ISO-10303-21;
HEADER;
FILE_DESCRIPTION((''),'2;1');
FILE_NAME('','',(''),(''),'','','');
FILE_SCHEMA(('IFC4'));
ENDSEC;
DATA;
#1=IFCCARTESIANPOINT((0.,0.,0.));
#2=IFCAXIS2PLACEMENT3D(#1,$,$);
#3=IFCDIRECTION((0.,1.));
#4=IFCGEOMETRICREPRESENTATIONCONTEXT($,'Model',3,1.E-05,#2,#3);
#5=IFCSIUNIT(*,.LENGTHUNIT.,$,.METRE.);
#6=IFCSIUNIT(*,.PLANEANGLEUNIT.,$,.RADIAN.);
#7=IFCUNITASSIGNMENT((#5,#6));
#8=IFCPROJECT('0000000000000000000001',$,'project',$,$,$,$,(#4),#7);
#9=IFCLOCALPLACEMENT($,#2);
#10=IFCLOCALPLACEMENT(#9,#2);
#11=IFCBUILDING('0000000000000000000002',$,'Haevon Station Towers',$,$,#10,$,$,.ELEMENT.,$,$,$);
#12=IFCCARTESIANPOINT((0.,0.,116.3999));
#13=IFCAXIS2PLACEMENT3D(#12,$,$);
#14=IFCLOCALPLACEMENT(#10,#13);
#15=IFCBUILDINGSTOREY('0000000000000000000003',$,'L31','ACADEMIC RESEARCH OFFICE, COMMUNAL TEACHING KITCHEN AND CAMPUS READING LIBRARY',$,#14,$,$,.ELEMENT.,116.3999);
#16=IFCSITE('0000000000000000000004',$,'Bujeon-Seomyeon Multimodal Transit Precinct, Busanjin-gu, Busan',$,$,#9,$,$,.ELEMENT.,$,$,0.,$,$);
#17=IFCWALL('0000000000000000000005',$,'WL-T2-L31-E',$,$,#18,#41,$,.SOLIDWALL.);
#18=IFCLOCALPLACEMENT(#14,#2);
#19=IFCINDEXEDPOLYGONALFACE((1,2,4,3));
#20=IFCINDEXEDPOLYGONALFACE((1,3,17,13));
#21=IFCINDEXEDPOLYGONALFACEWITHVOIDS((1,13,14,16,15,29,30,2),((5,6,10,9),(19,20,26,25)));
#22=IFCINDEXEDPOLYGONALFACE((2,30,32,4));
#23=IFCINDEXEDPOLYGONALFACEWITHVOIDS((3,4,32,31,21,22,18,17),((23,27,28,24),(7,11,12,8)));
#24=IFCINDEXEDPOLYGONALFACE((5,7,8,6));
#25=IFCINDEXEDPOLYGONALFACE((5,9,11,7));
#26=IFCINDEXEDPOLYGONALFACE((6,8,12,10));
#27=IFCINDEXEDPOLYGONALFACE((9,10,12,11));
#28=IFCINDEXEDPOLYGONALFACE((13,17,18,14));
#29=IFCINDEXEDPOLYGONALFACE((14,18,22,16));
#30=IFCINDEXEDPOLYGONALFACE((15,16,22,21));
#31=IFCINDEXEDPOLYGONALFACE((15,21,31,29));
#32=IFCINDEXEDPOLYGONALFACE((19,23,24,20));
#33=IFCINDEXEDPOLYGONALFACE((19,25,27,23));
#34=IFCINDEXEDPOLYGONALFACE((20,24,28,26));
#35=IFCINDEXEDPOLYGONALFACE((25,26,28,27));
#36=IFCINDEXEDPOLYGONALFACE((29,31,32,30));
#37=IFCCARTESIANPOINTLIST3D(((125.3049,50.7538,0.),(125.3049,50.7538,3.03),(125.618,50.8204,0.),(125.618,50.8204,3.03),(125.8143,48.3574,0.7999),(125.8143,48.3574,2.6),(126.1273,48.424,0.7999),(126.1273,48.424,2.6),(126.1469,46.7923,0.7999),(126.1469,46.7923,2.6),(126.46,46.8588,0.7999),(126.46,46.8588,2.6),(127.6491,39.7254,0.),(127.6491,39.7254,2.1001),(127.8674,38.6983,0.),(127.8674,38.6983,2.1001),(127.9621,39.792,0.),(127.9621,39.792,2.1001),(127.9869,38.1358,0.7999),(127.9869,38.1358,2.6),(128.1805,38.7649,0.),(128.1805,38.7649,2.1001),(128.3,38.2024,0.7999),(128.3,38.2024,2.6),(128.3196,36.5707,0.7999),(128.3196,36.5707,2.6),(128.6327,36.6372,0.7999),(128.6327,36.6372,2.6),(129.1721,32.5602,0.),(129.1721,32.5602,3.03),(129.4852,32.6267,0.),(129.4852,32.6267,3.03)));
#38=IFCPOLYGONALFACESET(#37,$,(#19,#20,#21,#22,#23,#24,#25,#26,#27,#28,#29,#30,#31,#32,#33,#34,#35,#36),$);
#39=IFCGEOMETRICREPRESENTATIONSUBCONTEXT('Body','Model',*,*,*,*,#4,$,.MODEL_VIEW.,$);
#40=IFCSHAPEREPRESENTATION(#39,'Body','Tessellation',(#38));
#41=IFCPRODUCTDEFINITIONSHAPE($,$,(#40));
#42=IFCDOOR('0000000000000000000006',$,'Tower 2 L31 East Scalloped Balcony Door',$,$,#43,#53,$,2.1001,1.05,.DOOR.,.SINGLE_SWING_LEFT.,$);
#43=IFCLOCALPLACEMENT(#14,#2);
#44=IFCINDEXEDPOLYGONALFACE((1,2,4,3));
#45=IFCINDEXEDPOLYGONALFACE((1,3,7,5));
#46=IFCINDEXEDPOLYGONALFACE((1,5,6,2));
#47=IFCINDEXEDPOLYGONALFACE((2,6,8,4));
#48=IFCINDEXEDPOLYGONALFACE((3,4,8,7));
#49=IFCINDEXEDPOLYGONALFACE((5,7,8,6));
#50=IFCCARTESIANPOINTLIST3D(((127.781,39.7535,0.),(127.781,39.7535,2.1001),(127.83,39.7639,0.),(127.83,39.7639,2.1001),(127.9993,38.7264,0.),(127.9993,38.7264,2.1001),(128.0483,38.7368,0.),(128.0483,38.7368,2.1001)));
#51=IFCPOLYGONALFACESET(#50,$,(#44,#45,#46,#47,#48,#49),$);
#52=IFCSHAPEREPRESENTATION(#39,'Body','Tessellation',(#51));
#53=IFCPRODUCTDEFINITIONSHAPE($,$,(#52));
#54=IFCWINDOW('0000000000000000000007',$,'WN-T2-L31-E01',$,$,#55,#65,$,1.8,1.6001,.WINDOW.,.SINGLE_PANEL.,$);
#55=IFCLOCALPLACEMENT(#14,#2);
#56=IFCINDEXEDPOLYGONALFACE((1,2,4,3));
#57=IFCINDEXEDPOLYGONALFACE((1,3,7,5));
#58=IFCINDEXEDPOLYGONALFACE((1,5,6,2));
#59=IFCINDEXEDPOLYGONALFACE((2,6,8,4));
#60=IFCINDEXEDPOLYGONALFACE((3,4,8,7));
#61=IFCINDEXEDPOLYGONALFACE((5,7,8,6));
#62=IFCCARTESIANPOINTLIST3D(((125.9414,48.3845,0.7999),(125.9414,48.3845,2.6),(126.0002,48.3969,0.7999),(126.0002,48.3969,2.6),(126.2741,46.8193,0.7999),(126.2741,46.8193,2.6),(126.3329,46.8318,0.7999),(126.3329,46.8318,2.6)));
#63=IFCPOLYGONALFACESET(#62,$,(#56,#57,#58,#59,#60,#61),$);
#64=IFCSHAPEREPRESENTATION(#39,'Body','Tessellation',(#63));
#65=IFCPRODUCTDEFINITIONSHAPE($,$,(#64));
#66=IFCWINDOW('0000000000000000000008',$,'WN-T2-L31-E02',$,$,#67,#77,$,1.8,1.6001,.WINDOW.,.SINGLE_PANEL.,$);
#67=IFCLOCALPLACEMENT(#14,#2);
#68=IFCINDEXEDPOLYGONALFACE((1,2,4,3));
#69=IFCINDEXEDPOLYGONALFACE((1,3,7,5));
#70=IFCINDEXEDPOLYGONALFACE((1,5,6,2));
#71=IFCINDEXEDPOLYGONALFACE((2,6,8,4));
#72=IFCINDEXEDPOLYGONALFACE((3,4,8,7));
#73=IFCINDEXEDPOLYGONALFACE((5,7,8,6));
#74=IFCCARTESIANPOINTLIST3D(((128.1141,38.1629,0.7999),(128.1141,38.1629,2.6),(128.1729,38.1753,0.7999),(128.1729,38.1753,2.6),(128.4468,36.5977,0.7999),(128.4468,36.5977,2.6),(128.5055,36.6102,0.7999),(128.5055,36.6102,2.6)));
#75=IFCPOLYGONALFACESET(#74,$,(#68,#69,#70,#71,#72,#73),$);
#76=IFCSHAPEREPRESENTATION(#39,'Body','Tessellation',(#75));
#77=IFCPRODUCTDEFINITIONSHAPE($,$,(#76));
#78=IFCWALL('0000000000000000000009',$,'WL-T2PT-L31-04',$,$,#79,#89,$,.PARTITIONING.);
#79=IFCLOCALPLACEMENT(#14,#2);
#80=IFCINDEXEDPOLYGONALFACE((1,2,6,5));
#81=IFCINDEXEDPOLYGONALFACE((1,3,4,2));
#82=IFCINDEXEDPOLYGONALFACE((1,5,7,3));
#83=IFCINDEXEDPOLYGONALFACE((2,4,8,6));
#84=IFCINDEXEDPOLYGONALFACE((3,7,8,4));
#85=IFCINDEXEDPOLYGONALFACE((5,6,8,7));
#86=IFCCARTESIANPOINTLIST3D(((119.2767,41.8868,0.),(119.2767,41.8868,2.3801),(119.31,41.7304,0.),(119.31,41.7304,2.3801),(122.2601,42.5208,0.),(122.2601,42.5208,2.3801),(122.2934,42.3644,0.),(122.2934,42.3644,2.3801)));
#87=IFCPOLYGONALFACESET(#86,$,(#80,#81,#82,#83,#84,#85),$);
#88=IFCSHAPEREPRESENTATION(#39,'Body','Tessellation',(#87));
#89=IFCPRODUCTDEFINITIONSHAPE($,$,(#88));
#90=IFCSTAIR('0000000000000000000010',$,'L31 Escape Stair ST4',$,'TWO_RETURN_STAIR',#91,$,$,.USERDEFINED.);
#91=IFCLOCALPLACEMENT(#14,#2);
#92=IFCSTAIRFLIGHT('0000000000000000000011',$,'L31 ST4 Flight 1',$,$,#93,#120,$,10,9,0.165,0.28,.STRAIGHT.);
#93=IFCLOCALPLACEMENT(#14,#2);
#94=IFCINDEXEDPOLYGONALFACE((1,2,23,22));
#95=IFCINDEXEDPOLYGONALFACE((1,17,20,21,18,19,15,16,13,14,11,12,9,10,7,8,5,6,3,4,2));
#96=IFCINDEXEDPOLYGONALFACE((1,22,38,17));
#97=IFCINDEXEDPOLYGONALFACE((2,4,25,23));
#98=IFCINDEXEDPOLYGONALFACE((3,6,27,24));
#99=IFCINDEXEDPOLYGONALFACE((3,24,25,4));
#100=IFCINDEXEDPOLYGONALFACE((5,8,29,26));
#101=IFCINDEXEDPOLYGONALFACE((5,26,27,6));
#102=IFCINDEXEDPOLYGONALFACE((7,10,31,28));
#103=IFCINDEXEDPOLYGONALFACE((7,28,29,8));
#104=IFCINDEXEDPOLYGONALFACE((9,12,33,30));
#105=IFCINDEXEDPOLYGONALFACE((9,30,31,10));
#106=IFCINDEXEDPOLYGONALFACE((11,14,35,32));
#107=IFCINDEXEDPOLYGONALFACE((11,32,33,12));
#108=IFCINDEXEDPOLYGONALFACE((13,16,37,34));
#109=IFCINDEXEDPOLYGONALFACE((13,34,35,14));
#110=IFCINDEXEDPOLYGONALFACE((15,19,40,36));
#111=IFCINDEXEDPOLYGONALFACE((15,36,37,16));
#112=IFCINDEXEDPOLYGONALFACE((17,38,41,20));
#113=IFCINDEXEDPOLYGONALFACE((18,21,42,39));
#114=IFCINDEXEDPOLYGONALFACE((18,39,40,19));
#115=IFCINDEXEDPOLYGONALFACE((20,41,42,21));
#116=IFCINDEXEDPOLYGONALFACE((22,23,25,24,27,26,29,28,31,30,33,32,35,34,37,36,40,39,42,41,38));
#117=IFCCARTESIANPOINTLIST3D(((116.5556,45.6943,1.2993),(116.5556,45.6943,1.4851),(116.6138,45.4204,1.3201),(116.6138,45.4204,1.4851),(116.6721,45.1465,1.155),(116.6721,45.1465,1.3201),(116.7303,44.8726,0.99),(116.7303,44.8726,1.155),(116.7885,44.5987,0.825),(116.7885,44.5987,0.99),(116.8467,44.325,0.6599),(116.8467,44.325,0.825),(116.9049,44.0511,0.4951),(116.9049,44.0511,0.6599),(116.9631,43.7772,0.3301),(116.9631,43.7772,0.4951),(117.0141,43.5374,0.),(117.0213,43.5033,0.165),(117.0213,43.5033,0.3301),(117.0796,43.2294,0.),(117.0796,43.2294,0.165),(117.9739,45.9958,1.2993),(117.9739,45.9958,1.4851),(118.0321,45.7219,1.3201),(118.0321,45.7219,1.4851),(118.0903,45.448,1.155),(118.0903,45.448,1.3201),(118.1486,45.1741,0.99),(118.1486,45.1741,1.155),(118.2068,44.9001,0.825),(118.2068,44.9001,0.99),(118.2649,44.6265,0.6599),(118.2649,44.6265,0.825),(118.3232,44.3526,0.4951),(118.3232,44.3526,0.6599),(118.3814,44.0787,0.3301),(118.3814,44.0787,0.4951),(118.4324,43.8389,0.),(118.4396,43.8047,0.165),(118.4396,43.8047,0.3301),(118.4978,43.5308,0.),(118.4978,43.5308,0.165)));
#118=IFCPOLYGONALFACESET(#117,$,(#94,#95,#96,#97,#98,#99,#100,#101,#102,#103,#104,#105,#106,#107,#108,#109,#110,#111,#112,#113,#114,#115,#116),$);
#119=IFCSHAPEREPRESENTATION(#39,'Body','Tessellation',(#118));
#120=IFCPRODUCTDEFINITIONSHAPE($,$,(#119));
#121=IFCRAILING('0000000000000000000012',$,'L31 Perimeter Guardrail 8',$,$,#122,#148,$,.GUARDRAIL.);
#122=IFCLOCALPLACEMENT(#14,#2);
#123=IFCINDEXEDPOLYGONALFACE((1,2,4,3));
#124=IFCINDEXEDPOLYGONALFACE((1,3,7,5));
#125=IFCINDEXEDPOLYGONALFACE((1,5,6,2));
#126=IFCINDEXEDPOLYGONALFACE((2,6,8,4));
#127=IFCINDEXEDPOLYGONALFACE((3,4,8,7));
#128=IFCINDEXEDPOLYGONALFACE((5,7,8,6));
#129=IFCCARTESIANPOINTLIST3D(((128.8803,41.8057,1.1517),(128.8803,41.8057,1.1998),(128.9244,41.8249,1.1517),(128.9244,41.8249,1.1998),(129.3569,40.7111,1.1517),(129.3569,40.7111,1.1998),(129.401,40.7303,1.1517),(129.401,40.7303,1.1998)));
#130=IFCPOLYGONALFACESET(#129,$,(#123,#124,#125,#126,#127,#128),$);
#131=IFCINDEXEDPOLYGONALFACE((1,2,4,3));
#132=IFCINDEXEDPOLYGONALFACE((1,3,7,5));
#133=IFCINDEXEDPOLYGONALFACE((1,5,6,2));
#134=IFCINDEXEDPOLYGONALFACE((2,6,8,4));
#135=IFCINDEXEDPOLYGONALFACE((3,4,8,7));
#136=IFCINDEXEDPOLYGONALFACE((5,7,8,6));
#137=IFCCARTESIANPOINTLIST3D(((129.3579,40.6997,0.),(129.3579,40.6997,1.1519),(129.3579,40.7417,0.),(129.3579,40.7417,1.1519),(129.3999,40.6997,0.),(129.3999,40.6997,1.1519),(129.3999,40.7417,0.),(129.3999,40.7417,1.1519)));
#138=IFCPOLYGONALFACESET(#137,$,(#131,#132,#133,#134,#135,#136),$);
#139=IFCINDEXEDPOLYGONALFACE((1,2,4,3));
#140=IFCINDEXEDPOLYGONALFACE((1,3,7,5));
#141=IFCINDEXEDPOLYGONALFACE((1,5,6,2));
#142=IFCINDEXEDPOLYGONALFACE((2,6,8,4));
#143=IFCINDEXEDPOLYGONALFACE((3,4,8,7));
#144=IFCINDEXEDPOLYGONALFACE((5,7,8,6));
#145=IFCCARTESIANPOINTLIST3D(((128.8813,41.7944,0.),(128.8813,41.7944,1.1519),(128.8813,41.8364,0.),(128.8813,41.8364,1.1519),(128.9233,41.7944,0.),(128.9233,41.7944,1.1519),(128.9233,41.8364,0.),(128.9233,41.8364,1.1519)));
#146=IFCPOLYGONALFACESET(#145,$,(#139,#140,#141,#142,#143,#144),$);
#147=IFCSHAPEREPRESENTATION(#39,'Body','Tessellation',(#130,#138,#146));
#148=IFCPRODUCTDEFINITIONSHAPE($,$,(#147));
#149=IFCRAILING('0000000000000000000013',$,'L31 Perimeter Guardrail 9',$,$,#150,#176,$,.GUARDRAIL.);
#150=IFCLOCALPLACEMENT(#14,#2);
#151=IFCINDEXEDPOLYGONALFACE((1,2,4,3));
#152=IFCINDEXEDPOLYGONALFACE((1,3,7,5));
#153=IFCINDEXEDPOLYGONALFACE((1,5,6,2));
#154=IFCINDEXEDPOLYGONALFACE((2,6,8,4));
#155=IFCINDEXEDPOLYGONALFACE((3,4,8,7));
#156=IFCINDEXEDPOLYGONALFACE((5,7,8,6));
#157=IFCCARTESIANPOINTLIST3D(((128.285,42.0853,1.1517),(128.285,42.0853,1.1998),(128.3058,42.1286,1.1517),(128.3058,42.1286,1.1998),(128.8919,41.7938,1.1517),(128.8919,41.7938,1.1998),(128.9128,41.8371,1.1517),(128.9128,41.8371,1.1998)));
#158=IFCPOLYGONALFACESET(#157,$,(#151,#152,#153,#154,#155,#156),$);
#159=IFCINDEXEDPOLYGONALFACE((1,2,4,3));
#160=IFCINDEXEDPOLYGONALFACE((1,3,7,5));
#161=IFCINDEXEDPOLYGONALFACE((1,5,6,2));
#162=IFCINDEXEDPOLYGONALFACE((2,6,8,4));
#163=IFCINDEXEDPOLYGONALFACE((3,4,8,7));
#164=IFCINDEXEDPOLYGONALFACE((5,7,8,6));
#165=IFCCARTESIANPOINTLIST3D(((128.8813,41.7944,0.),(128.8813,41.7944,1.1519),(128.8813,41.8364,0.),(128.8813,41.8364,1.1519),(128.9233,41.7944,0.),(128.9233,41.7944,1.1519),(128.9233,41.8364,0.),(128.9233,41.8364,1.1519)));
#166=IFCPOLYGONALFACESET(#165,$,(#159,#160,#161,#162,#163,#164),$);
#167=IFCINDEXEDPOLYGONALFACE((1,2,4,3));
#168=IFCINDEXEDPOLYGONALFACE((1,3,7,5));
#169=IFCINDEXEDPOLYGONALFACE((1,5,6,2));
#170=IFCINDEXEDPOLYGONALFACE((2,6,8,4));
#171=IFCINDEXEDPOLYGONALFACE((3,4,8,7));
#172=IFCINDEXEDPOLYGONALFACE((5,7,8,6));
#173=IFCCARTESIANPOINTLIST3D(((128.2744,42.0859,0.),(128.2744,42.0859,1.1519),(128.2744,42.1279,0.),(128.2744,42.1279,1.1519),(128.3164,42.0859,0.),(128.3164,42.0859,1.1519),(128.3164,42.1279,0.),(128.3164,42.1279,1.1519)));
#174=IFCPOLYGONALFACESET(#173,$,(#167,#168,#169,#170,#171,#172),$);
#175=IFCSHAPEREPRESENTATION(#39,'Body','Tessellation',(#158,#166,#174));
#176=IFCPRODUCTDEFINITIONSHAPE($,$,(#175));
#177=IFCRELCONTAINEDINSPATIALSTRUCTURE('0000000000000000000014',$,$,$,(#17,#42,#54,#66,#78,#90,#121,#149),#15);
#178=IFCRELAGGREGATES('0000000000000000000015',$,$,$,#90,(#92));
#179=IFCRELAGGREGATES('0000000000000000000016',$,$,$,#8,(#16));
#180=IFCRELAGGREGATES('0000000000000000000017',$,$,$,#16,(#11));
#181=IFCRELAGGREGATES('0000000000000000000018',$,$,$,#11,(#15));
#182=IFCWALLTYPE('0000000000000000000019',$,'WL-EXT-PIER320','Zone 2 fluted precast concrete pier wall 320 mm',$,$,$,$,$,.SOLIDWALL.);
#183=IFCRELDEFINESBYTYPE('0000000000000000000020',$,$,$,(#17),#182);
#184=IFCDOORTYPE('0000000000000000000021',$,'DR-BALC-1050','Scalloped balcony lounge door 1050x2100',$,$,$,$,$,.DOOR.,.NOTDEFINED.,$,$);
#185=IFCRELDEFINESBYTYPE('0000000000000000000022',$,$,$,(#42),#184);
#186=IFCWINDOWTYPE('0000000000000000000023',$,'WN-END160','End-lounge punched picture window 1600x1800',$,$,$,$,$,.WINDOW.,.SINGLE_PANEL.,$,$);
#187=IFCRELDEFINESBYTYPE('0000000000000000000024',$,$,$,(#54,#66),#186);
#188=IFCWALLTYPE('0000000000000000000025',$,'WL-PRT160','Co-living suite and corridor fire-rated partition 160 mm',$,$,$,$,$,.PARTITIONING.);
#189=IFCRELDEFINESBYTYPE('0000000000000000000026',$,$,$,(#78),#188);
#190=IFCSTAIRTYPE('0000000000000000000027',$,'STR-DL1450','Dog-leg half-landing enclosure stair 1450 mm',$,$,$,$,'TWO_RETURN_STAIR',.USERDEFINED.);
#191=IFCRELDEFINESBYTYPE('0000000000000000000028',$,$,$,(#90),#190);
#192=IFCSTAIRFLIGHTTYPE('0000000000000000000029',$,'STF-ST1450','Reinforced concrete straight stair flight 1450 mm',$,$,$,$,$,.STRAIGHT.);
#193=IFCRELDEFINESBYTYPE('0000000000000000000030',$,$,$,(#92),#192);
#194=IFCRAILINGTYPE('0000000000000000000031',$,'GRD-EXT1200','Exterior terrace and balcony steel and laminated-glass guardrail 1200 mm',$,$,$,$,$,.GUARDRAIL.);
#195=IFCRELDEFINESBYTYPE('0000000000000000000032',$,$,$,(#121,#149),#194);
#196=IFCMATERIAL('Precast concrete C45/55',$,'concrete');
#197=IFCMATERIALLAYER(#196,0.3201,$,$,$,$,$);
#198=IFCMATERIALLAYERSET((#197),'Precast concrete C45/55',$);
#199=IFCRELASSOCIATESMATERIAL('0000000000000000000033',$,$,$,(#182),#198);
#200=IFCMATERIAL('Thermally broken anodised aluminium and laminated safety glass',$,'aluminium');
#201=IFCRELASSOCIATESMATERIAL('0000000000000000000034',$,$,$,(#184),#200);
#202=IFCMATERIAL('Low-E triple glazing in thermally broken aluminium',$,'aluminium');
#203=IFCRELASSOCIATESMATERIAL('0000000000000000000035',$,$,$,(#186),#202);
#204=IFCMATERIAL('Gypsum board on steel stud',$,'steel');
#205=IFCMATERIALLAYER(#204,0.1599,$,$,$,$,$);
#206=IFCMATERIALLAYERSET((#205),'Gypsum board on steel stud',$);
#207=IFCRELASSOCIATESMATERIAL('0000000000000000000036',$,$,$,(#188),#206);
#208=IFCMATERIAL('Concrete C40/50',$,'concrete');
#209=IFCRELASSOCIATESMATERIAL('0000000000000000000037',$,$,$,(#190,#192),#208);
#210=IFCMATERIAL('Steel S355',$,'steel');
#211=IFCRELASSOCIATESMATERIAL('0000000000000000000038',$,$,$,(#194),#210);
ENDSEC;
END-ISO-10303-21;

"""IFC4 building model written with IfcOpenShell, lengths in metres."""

from ifc_helpers import new_model, si_unit, direction, frame, frame_2d, origin, origin_2d, place, context, subcontext, project, spatial, polyline, rectangle, outline, extrude, material, layer, layer_set, type_object, element, fill, aggregate, save


model = new_model("IFC4")

# Units and contexts
model_context = context("Model", 3, precision=1e-05, world=origin(), true_north=direction((0.0, 1.0)))
body_context = subcontext(model_context, "Body", "Model", "MODEL_VIEW")
ifc_project = project(units=[si_unit("LENGTHUNIT", "METRE"), si_unit("PLANEANGLEUNIT", "RADIAN")], contexts=[model_context])

# Site, building, storey
site_placement = place(None, origin())
site = spatial("IfcSite", under=ifc_project, at=site_placement, Name="Bujeon-Seomyeon Multimodal Transit Precinct, Busanjin-gu, Busan", CompositionType="ELEMENT", RefElevation=0.0)
building_placement = place(site_placement, origin())
building = spatial("IfcBuilding", under=site, at=building_placement, Name="Haevon Station Towers", CompositionType="ELEMENT")
storey_placement = place(building_placement, frame((0.0, 0.0, 116.3999)))
storey = spatial("IfcBuildingStorey", under=building, at=storey_placement, Name="L31", Description="ACADEMIC RESEARCH OFFICE, COMMUNAL TEACHING KITCHEN AND CAMPUS READING LIBRARY", CompositionType="ELEMENT", Elevation=116.3999)

# Shared definitions
ifc_material_1 = material(Name="Steel S355", Category="steel")

# Shared definitions
ifc_material_2 = material(Name="Precast concrete C45/55", Category="concrete")
ifc_layer_1 = layer(ifc_material_2, 0.3201)
ifc_layer_set_1 = layer_set([ifc_layer_1], Name="Precast concrete C45/55")
wall_type_1 = type_object("IfcWallType", Name="WL-EXT-PIER320", Description="Zone 2 fluted precast concrete pier wall 320 mm", PredefinedType="SOLIDWALL", material=ifc_layer_set_1)

# Wall, openings, door, windows
wall_1_placement = place(storey_placement, frame((125.4614, 50.7871, 0.0), z_axis=(0.0, 0.0, 1.0), x_axis=(0.207913, -0.978147, 0.0)))
wall_1 = element("IfcWall", 1, at=wall_1_placement, inside=storey, type_object=wall_type_1, Name="WL-T2-L31-E", PredefinedType="SOLIDWALL", context=body_context, shape_type="SweptSolid", body=[
    extrude(rectangle(XDim=18.6001, YDim=0.3201, at=frame_2d((9.3, 0.0))), origin(), (0.0, 0.0, 1.0), 3.03),
])
opening_1_placement = place(wall_1_placement, frame((11.2749, 0.0, 0.0)))
opening_1 = element("IfcOpeningElement", 2, at=opening_1_placement, cuts=wall_1, PredefinedType="OPENING", context=body_context, shape_type="SweptSolid", body=[
    extrude(rectangle(XDim=1.05, YDim=2.1001, at=frame_2d((0.5249, 1.05))), frame((0.0, 0.1699, 0.0), z_axis=(0.0, -1.0, 0.0), x_axis=(1.0, 0.0, 0.0)), (0.0, 0.0, 1.0), 0.3401),
])
opening_2_placement = place(wall_1_placement, frame((2.45, 0.0, 0.8)))
opening_2 = element("IfcOpeningElement", 3, at=opening_2_placement, cuts=wall_1, PredefinedType="OPENING", context=body_context, shape_type="SweptSolid", body=[
    extrude(rectangle(XDim=1.6001, YDim=1.8, at=frame_2d((0.8, 0.8999))), frame((0.0, 0.1699, 0.0), z_axis=(0.0, -1.0, 0.0), x_axis=(1.0, 0.0, 0.0)), (0.0, 0.0, 1.0), 0.3401),
])
opening_3_placement = place(wall_1_placement, frame((12.8999, 0.0, 0.8)))
opening_3 = element("IfcOpeningElement", 4, at=opening_3_placement, cuts=wall_1, PredefinedType="OPENING", context=body_context, shape_type="SweptSolid", body=[
    extrude(rectangle(XDim=1.6001, YDim=1.8, at=frame_2d((0.8, 0.8999))), frame((0.0, 0.1699, 0.0), z_axis=(0.0, -1.0, 0.0), x_axis=(1.0, 0.0, 0.0)), (0.0, 0.0, 1.0), 0.3401),
])
ifc_material_3 = material(Name="Thermally broken anodised aluminium and laminated safety glass", Category="aluminium")
door_type = type_object("IfcDoorType", Name="DR-BALC-1050", Description="Scalloped balcony lounge door 1050x2100", OperationType="NOTDEFINED", PredefinedType="DOOR", material=ifc_material_3)
door_placement = place(opening_1_placement, origin())
door = element("IfcDoor", 5, at=door_placement, inside=storey, type_object=door_type, Name="Tower 2 L31 East Scalloped Balcony Door", OperationType="SINGLE_SWING_LEFT", OverallHeight=2.1001, OverallWidth=1.05, PredefinedType="DOOR", context=body_context, shape_type="SweptSolid", body=[
    extrude(rectangle(XDim=1.05, YDim=2.1001, at=frame_2d((0.5249, 1.05))), frame((0.0, 0.0249, 0.0), z_axis=(0.0, -1.0, 0.0), x_axis=(1.0, 0.0, 0.0)), (0.0, 0.0, 1.0), 0.05),
])
fill(opening_1, door)
ifc_material_4 = material(Name="Low-E triple glazing in thermally broken aluminium", Category="aluminium")
window_type = type_object("IfcWindowType", Name="WN-END160", Description="End-lounge punched picture window 1600x1800", PartitioningType="SINGLE_PANEL", PredefinedType="WINDOW", material=ifc_material_4)
window_1_placement = place(opening_2_placement, origin())
window_1 = element("IfcWindow", 6, at=window_1_placement, inside=storey, type_object=window_type, Name="WN-T2-L31-E01", OverallHeight=1.8, OverallWidth=1.6001, PartitioningType="SINGLE_PANEL", PredefinedType="WINDOW", context=body_context, shape_type="SweptSolid", body=[
    extrude(rectangle(XDim=1.6001, YDim=1.8, at=frame_2d((0.8, 0.8999))), frame((0.0, 0.03, 0.0), z_axis=(0.0, -1.0, 0.0), x_axis=(1.0, 0.0, 0.0)), (0.0, 0.0, 1.0), 0.0601),
])
fill(opening_2, window_1)
window_2_placement = place(opening_3_placement, origin())
window_2 = element("IfcWindow", 7, at=window_2_placement, inside=storey, type_object=window_type, Name="WN-T2-L31-E02", OverallHeight=1.8, OverallWidth=1.6001, PartitioningType="SINGLE_PANEL", PredefinedType="WINDOW", context=body_context, shape_type="SweptSolid", body=[
    extrude(rectangle(XDim=1.6001, YDim=1.8, at=frame_2d((0.8, 0.8999))), frame((0.0, 0.03, 0.0), z_axis=(0.0, -1.0, 0.0), x_axis=(1.0, 0.0, 0.0)), (0.0, 0.0, 1.0), 0.0601),
])
fill(opening_3, window_2)

# Wall
ifc_material_5 = material(Name="Gypsum board on steel stud", Category="steel")
ifc_layer_2 = layer(ifc_material_5, 0.1599)
ifc_layer_set_2 = layer_set([ifc_layer_2], Name="Gypsum board on steel stud")
wall_type_2 = type_object("IfcWallType", Name="WL-PRT160", Description="Co-living suite and corridor fire-rated partition 160 mm", PredefinedType="PARTITIONING", material=ifc_layer_set_2)
wall_2_placement = place(storey_placement, frame((119.2935, 41.8086, 0.0), z_axis=(0.0, 0.0, 1.0), x_axis=(0.978155, 0.207878, 0.0)))
element("IfcWall", 8, at=wall_2_placement, inside=storey, type_object=wall_type_2, Name="WL-T2PT-L31-04", PredefinedType="PARTITIONING", context=body_context, shape_type="SweptSolid", body=[
    extrude(rectangle(XDim=3.05, YDim=0.1599, at=frame_2d((1.5249, 0.0))), origin(), (0.0, 0.0, 1.0), 2.3801),
])

# Stair, stair flight
ifc_material_6 = material(Name="Concrete C40/50", Category="concrete")
stair_type = type_object("IfcStairType", Name="STR-DL1450", Description="Dog-leg half-landing enclosure stair 1450 mm", ElementType="TWO_RETURN_STAIR", PredefinedType="USERDEFINED", material=ifc_material_6)
stair_placement = place(storey_placement, origin())
stair = element("IfcStair", 9, at=stair_placement, inside=storey, type_object=stair_type, Name="L31 Escape Stair ST4", ObjectType="TWO_RETURN_STAIR", PredefinedType="USERDEFINED")
stair_flight_type = type_object("IfcStairFlightType", Name="STF-ST1450", Description="Reinforced concrete straight stair flight 1450 mm", PredefinedType="STRAIGHT", material=ifc_material_6)
stair_flight_placement = place(storey_placement, frame((117.7888, 43.3801, 0.0), z_axis=(0.0, 0.0, 1.0), x_axis=(-0.207912, 0.978148, 0.0)))
stair_flight = element("IfcStairFlight", 10, at=stair_flight_placement, type_object=stair_flight_type, Name="L31 ST4 Flight 1", NumberOfRisers=10, NumberOfTreads=9, PredefinedType="STRAIGHT", RiserHeight=0.165, TreadLength=0.28, context=body_context, shape_type="SweptSolid", body=[
    extrude(outline(polyline([(0.0, 0.0), (0.0, 0.165), (0.28, 0.165), (0.28, 0.3301), (0.5601, 0.3301), (0.5601, 0.4951), (0.8401, 0.4951), (0.8401, 0.6599), (1.1201, 0.6599), (1.1201, 0.825), (1.3999, 0.825), (1.3999, 0.99), (1.6799, 0.99), (1.6799, 1.155), (1.96, 1.155), (1.96, 1.3201), (2.24, 1.3201), (2.24, 1.4851), (2.52, 1.4851), (2.52, 1.6499), (2.52, 1.2993), (0.3149, 0.0), (0.0, 0.0)])), frame((0.0, 0.7251, 0.0), z_axis=(0.0, -1.0, 0.0), x_axis=(1.0, 0.0, 0.0)), (0.0, 0.0, 1.0), 1.45),
])
aggregate(stair, [stair_flight])

# Railings
railing_type_1 = type_object("IfcRailingType", Name="GRD-EXT1200", Description="Exterior terrace and balcony steel and laminated-glass guardrail 1200 mm", PredefinedType="GUARDRAIL", material=ifc_material_1)
railing_1_placement = place(storey_placement, frame((129.3789, 40.7207, 0.0)))
element("IfcRailing", 11, at=railing_1_placement, inside=storey, type_object=railing_type_1, Name="L31 Perimeter Guardrail 8", PredefinedType="GUARDRAIL", context=body_context, shape_type="SweptSolid", body=[
    extrude(rectangle(XDim=0.0481, YDim=0.0481, at=origin_2d()), frame((0.0, 0.0, 1.1758), z_axis=(-0.399145, 0.916888, 0.0), x_axis=(-0.916888, -0.399145, 0.0)), (0.0, 0.0, 1.0), 1.1938),
    extrude(rectangle(XDim=0.042, YDim=0.042, at=origin_2d()), origin(), (0.0, 0.0, 1.0), 1.1519),
    extrude(rectangle(XDim=0.042, YDim=0.042, at=origin_2d()), frame((-0.4766, 1.0947, 0.0)), (0.0, 0.0, 1.0), 1.1519),
])
railing_2_placement = place(storey_placement, frame((128.9023, 41.8154, 0.0)))
element("IfcRailing", 12, at=railing_2_placement, inside=storey, type_object=railing_type_1, Name="L31 Perimeter Guardrail 9", PredefinedType="GUARDRAIL", context=body_context, shape_type="SweptSolid", body=[
    extrude(rectangle(XDim=0.0481, YDim=0.0481, at=origin_2d()), frame((0.0, 0.0, 1.1758), z_axis=(-0.901421, 0.432943, 0.0), x_axis=(-0.432943, -0.901421, 0.0)), (0.0, 0.0, 1.0), 0.6733),
    extrude(rectangle(XDim=0.042, YDim=0.042, at=origin_2d()), origin(), (0.0, 0.0, 1.0), 1.1519),
    extrude(rectangle(XDim=0.042, YDim=0.042, at=origin_2d()), frame((-0.6069, 0.2915, 0.0)), (0.0, 0.0, 1.0), 1.1519),
])

save(model, "model.ifc")
